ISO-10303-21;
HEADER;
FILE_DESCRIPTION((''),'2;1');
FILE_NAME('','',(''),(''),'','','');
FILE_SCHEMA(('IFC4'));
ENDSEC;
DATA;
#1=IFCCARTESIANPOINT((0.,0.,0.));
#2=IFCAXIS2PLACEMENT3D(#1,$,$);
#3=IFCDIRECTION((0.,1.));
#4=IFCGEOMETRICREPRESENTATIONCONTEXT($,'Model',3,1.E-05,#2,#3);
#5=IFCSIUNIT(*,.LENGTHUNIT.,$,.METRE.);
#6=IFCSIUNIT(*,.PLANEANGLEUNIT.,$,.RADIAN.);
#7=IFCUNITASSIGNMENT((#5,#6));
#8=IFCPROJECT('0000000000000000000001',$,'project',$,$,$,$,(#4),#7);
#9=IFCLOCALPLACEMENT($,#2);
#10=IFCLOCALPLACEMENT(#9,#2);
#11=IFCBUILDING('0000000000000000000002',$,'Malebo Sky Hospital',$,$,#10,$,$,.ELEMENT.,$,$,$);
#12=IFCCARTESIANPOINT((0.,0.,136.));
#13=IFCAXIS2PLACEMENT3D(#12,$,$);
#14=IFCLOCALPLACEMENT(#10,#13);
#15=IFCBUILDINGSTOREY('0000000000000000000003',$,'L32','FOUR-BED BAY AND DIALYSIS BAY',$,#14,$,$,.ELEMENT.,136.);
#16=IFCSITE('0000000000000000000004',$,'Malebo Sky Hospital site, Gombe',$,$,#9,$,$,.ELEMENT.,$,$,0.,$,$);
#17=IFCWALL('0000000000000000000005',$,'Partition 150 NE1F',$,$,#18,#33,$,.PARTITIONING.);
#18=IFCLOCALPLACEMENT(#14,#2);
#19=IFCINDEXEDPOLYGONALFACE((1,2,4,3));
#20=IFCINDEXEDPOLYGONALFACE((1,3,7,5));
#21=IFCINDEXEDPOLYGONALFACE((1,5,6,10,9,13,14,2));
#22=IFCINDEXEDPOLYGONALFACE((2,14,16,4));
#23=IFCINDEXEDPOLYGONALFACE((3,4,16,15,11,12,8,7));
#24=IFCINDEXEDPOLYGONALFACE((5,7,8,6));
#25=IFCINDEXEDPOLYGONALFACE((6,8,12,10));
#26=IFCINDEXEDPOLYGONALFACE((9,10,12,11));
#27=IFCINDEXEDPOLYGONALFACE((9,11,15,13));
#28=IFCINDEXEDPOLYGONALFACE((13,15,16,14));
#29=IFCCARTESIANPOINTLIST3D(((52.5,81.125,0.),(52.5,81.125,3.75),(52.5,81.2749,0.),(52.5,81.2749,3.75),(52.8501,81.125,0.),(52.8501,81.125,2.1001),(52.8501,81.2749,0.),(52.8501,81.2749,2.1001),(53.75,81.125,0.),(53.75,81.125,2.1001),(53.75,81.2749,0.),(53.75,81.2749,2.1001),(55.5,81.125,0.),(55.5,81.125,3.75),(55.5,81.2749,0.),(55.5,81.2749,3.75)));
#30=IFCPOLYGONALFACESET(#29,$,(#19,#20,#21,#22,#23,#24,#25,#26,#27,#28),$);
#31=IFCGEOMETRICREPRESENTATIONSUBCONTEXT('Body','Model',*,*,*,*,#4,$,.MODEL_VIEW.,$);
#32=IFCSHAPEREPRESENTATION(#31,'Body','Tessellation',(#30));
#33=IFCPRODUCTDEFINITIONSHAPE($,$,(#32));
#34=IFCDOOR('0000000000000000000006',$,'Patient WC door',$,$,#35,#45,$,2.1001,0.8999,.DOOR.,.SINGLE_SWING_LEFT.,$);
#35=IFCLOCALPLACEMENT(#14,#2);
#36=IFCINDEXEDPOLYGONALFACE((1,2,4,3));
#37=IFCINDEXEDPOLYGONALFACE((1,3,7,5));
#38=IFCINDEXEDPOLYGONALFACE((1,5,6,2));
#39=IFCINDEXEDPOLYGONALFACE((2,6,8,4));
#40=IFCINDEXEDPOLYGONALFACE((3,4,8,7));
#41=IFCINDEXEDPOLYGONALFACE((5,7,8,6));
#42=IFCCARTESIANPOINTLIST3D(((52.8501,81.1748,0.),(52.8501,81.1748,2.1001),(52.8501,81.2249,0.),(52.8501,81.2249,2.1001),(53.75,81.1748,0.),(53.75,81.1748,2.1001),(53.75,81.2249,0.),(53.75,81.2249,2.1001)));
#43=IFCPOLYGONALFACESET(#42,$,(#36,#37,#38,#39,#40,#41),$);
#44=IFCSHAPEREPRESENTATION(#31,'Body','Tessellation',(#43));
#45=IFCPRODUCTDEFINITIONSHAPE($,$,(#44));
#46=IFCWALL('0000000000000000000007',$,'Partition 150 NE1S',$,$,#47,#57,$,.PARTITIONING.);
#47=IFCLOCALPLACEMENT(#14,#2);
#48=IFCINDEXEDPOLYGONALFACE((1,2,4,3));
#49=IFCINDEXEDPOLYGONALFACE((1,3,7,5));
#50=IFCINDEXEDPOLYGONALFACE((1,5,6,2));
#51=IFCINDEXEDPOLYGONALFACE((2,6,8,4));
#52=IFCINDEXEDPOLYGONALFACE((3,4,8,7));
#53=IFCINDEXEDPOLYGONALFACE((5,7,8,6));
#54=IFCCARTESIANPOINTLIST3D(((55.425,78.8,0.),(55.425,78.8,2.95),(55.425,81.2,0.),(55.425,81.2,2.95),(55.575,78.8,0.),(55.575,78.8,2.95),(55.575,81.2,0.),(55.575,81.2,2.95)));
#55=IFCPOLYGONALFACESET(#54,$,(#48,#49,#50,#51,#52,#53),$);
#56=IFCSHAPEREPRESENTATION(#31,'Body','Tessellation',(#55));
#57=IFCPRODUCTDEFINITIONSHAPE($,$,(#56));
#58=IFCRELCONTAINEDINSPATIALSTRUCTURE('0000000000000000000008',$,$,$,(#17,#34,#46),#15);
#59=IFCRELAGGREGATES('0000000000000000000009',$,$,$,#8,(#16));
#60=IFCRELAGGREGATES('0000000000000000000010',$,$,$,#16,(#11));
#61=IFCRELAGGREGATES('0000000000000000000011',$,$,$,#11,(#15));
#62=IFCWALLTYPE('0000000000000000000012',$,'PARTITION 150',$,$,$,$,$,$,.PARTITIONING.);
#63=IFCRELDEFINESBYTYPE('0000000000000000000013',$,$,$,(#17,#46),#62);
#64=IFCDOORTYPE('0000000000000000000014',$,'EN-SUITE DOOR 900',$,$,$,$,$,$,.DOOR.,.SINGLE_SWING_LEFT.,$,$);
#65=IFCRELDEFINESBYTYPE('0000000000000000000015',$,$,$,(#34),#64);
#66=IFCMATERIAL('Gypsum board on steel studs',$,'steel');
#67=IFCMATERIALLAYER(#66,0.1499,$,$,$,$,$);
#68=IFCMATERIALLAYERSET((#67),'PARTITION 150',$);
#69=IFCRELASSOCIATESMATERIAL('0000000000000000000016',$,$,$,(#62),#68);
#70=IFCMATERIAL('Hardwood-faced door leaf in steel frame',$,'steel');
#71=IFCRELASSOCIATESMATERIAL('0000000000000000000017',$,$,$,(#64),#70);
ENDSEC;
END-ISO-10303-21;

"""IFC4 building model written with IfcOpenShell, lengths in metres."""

from ifc_helpers import new_model, si_unit, direction, frame, frame_2d, origin, place, context, subcontext, project, spatial, rectangle, extrude, material, layer, layer_set, type_object, element, fill, save


model = new_model("IFC4")

# Units and contexts
model_context = context("Model", 3, precision=1e-05, world=origin(), true_north=direction((0.0, 1.0)))
body_context = subcontext(model_context, "Body", "Model", "MODEL_VIEW")
ifc_project = project(units=[si_unit("LENGTHUNIT", "METRE"), si_unit("PLANEANGLEUNIT", "RADIAN")], contexts=[model_context])

# Site, building, storey
site_placement = place(None, origin())
site = spatial("IfcSite", under=ifc_project, at=site_placement, Name="Malebo Sky Hospital site, Gombe", CompositionType="ELEMENT", RefElevation=0.0)
building_placement = place(site_placement, origin())
building = spatial("IfcBuilding", under=site, at=building_placement, Name="Malebo Sky Hospital", CompositionType="ELEMENT")
storey_placement = place(building_placement, frame((0.0, 0.0, 136.0)))
storey = spatial("IfcBuildingStorey", under=building, at=storey_placement, Name="L32", Description="FOUR-BED BAY AND DIALYSIS BAY", CompositionType="ELEMENT", Elevation=136.0)

# Shared definitions
ifc_material_1 = material(Name="Gypsum board on steel studs", Category="steel")
ifc_layer_1 = layer(ifc_material_1, 0.1499)
ifc_layer_set_1 = layer_set([ifc_layer_1], Name="PARTITION 150")
wall_type = type_object("IfcWallType", Name="PARTITION 150", PredefinedType="PARTITIONING", material=ifc_layer_set_1)

# Wall, opening, door
wall_1_placement = place(storey_placement, frame((52.5, 81.2, 0.0), z_axis=(0.0, 0.0, 1.0), x_axis=(1.0, 0.0, 0.0)))
wall_1 = element("IfcWall", 1, at=wall_1_placement, inside=storey, type_object=wall_type, Name="Partition 150 NE1F", PredefinedType="PARTITIONING", context=body_context, shape_type="SweptSolid", body=[
    extrude(rectangle(XDim=3.0, YDim=0.1499, at=frame_2d((1.5, 0.0))), origin(), (0.0, 0.0, 1.0), 3.75),
])
opening_placement = place(wall_1_placement, frame((0.3501, 0.0, 0.0)))
opening = element("IfcOpeningElement", 2, at=opening_placement, cuts=wall_1, PredefinedType="OPENING", context=body_context, shape_type="SweptSolid", body=[
    extrude(rectangle(XDim=0.8999, YDim=2.1001, at=frame_2d((0.45, 1.05))), frame((0.0, 0.085, 0.0), z_axis=(0.0, -1.0, 0.0), x_axis=(1.0, 0.0, 0.0)), (0.0, 0.0, 1.0), 0.1699),
])
ifc_material_2 = material(Name="Hardwood-faced door leaf in steel frame", Category="steel")
door_type = type_object("IfcDoorType", Name="EN-SUITE DOOR 900", OperationType="SINGLE_SWING_LEFT", PredefinedType="DOOR", material=ifc_material_2)
door_placement = place(opening_placement, origin())
door = element("IfcDoor", 3, at=door_placement, inside=storey, type_object=door_type, Name="Patient WC door", OperationType="SINGLE_SWING_LEFT", OverallHeight=2.1001, OverallWidth=0.8999, PredefinedType="DOOR", context=body_context, shape_type="SweptSolid", body=[
    extrude(rectangle(XDim=0.8999, YDim=2.1001, at=frame_2d((0.45, 1.05))), frame((0.0, 0.0249, 0.0), z_axis=(0.0, -1.0, 0.0), x_axis=(1.0, 0.0, 0.0)), (0.0, 0.0, 1.0), 0.05),
])
fill(opening, door)

# Wall
wall_2_placement = place(storey_placement, frame((55.5, 78.8, 0.0), z_axis=(0.0, 0.0, 1.0), x_axis=(0.0, 1.0, 0.0)))
element("IfcWall", 4, at=wall_2_placement, inside=storey, type_object=wall_type, Name="Partition 150 NE1S", PredefinedType="PARTITIONING", context=body_context, shape_type="SweptSolid", body=[
    extrude(rectangle(XDim=2.3999, YDim=0.1499, at=frame_2d((1.2, 0.0))), origin(), (0.0, 0.0, 1.0), 2.95),
])

save(model, "model.ifc")
